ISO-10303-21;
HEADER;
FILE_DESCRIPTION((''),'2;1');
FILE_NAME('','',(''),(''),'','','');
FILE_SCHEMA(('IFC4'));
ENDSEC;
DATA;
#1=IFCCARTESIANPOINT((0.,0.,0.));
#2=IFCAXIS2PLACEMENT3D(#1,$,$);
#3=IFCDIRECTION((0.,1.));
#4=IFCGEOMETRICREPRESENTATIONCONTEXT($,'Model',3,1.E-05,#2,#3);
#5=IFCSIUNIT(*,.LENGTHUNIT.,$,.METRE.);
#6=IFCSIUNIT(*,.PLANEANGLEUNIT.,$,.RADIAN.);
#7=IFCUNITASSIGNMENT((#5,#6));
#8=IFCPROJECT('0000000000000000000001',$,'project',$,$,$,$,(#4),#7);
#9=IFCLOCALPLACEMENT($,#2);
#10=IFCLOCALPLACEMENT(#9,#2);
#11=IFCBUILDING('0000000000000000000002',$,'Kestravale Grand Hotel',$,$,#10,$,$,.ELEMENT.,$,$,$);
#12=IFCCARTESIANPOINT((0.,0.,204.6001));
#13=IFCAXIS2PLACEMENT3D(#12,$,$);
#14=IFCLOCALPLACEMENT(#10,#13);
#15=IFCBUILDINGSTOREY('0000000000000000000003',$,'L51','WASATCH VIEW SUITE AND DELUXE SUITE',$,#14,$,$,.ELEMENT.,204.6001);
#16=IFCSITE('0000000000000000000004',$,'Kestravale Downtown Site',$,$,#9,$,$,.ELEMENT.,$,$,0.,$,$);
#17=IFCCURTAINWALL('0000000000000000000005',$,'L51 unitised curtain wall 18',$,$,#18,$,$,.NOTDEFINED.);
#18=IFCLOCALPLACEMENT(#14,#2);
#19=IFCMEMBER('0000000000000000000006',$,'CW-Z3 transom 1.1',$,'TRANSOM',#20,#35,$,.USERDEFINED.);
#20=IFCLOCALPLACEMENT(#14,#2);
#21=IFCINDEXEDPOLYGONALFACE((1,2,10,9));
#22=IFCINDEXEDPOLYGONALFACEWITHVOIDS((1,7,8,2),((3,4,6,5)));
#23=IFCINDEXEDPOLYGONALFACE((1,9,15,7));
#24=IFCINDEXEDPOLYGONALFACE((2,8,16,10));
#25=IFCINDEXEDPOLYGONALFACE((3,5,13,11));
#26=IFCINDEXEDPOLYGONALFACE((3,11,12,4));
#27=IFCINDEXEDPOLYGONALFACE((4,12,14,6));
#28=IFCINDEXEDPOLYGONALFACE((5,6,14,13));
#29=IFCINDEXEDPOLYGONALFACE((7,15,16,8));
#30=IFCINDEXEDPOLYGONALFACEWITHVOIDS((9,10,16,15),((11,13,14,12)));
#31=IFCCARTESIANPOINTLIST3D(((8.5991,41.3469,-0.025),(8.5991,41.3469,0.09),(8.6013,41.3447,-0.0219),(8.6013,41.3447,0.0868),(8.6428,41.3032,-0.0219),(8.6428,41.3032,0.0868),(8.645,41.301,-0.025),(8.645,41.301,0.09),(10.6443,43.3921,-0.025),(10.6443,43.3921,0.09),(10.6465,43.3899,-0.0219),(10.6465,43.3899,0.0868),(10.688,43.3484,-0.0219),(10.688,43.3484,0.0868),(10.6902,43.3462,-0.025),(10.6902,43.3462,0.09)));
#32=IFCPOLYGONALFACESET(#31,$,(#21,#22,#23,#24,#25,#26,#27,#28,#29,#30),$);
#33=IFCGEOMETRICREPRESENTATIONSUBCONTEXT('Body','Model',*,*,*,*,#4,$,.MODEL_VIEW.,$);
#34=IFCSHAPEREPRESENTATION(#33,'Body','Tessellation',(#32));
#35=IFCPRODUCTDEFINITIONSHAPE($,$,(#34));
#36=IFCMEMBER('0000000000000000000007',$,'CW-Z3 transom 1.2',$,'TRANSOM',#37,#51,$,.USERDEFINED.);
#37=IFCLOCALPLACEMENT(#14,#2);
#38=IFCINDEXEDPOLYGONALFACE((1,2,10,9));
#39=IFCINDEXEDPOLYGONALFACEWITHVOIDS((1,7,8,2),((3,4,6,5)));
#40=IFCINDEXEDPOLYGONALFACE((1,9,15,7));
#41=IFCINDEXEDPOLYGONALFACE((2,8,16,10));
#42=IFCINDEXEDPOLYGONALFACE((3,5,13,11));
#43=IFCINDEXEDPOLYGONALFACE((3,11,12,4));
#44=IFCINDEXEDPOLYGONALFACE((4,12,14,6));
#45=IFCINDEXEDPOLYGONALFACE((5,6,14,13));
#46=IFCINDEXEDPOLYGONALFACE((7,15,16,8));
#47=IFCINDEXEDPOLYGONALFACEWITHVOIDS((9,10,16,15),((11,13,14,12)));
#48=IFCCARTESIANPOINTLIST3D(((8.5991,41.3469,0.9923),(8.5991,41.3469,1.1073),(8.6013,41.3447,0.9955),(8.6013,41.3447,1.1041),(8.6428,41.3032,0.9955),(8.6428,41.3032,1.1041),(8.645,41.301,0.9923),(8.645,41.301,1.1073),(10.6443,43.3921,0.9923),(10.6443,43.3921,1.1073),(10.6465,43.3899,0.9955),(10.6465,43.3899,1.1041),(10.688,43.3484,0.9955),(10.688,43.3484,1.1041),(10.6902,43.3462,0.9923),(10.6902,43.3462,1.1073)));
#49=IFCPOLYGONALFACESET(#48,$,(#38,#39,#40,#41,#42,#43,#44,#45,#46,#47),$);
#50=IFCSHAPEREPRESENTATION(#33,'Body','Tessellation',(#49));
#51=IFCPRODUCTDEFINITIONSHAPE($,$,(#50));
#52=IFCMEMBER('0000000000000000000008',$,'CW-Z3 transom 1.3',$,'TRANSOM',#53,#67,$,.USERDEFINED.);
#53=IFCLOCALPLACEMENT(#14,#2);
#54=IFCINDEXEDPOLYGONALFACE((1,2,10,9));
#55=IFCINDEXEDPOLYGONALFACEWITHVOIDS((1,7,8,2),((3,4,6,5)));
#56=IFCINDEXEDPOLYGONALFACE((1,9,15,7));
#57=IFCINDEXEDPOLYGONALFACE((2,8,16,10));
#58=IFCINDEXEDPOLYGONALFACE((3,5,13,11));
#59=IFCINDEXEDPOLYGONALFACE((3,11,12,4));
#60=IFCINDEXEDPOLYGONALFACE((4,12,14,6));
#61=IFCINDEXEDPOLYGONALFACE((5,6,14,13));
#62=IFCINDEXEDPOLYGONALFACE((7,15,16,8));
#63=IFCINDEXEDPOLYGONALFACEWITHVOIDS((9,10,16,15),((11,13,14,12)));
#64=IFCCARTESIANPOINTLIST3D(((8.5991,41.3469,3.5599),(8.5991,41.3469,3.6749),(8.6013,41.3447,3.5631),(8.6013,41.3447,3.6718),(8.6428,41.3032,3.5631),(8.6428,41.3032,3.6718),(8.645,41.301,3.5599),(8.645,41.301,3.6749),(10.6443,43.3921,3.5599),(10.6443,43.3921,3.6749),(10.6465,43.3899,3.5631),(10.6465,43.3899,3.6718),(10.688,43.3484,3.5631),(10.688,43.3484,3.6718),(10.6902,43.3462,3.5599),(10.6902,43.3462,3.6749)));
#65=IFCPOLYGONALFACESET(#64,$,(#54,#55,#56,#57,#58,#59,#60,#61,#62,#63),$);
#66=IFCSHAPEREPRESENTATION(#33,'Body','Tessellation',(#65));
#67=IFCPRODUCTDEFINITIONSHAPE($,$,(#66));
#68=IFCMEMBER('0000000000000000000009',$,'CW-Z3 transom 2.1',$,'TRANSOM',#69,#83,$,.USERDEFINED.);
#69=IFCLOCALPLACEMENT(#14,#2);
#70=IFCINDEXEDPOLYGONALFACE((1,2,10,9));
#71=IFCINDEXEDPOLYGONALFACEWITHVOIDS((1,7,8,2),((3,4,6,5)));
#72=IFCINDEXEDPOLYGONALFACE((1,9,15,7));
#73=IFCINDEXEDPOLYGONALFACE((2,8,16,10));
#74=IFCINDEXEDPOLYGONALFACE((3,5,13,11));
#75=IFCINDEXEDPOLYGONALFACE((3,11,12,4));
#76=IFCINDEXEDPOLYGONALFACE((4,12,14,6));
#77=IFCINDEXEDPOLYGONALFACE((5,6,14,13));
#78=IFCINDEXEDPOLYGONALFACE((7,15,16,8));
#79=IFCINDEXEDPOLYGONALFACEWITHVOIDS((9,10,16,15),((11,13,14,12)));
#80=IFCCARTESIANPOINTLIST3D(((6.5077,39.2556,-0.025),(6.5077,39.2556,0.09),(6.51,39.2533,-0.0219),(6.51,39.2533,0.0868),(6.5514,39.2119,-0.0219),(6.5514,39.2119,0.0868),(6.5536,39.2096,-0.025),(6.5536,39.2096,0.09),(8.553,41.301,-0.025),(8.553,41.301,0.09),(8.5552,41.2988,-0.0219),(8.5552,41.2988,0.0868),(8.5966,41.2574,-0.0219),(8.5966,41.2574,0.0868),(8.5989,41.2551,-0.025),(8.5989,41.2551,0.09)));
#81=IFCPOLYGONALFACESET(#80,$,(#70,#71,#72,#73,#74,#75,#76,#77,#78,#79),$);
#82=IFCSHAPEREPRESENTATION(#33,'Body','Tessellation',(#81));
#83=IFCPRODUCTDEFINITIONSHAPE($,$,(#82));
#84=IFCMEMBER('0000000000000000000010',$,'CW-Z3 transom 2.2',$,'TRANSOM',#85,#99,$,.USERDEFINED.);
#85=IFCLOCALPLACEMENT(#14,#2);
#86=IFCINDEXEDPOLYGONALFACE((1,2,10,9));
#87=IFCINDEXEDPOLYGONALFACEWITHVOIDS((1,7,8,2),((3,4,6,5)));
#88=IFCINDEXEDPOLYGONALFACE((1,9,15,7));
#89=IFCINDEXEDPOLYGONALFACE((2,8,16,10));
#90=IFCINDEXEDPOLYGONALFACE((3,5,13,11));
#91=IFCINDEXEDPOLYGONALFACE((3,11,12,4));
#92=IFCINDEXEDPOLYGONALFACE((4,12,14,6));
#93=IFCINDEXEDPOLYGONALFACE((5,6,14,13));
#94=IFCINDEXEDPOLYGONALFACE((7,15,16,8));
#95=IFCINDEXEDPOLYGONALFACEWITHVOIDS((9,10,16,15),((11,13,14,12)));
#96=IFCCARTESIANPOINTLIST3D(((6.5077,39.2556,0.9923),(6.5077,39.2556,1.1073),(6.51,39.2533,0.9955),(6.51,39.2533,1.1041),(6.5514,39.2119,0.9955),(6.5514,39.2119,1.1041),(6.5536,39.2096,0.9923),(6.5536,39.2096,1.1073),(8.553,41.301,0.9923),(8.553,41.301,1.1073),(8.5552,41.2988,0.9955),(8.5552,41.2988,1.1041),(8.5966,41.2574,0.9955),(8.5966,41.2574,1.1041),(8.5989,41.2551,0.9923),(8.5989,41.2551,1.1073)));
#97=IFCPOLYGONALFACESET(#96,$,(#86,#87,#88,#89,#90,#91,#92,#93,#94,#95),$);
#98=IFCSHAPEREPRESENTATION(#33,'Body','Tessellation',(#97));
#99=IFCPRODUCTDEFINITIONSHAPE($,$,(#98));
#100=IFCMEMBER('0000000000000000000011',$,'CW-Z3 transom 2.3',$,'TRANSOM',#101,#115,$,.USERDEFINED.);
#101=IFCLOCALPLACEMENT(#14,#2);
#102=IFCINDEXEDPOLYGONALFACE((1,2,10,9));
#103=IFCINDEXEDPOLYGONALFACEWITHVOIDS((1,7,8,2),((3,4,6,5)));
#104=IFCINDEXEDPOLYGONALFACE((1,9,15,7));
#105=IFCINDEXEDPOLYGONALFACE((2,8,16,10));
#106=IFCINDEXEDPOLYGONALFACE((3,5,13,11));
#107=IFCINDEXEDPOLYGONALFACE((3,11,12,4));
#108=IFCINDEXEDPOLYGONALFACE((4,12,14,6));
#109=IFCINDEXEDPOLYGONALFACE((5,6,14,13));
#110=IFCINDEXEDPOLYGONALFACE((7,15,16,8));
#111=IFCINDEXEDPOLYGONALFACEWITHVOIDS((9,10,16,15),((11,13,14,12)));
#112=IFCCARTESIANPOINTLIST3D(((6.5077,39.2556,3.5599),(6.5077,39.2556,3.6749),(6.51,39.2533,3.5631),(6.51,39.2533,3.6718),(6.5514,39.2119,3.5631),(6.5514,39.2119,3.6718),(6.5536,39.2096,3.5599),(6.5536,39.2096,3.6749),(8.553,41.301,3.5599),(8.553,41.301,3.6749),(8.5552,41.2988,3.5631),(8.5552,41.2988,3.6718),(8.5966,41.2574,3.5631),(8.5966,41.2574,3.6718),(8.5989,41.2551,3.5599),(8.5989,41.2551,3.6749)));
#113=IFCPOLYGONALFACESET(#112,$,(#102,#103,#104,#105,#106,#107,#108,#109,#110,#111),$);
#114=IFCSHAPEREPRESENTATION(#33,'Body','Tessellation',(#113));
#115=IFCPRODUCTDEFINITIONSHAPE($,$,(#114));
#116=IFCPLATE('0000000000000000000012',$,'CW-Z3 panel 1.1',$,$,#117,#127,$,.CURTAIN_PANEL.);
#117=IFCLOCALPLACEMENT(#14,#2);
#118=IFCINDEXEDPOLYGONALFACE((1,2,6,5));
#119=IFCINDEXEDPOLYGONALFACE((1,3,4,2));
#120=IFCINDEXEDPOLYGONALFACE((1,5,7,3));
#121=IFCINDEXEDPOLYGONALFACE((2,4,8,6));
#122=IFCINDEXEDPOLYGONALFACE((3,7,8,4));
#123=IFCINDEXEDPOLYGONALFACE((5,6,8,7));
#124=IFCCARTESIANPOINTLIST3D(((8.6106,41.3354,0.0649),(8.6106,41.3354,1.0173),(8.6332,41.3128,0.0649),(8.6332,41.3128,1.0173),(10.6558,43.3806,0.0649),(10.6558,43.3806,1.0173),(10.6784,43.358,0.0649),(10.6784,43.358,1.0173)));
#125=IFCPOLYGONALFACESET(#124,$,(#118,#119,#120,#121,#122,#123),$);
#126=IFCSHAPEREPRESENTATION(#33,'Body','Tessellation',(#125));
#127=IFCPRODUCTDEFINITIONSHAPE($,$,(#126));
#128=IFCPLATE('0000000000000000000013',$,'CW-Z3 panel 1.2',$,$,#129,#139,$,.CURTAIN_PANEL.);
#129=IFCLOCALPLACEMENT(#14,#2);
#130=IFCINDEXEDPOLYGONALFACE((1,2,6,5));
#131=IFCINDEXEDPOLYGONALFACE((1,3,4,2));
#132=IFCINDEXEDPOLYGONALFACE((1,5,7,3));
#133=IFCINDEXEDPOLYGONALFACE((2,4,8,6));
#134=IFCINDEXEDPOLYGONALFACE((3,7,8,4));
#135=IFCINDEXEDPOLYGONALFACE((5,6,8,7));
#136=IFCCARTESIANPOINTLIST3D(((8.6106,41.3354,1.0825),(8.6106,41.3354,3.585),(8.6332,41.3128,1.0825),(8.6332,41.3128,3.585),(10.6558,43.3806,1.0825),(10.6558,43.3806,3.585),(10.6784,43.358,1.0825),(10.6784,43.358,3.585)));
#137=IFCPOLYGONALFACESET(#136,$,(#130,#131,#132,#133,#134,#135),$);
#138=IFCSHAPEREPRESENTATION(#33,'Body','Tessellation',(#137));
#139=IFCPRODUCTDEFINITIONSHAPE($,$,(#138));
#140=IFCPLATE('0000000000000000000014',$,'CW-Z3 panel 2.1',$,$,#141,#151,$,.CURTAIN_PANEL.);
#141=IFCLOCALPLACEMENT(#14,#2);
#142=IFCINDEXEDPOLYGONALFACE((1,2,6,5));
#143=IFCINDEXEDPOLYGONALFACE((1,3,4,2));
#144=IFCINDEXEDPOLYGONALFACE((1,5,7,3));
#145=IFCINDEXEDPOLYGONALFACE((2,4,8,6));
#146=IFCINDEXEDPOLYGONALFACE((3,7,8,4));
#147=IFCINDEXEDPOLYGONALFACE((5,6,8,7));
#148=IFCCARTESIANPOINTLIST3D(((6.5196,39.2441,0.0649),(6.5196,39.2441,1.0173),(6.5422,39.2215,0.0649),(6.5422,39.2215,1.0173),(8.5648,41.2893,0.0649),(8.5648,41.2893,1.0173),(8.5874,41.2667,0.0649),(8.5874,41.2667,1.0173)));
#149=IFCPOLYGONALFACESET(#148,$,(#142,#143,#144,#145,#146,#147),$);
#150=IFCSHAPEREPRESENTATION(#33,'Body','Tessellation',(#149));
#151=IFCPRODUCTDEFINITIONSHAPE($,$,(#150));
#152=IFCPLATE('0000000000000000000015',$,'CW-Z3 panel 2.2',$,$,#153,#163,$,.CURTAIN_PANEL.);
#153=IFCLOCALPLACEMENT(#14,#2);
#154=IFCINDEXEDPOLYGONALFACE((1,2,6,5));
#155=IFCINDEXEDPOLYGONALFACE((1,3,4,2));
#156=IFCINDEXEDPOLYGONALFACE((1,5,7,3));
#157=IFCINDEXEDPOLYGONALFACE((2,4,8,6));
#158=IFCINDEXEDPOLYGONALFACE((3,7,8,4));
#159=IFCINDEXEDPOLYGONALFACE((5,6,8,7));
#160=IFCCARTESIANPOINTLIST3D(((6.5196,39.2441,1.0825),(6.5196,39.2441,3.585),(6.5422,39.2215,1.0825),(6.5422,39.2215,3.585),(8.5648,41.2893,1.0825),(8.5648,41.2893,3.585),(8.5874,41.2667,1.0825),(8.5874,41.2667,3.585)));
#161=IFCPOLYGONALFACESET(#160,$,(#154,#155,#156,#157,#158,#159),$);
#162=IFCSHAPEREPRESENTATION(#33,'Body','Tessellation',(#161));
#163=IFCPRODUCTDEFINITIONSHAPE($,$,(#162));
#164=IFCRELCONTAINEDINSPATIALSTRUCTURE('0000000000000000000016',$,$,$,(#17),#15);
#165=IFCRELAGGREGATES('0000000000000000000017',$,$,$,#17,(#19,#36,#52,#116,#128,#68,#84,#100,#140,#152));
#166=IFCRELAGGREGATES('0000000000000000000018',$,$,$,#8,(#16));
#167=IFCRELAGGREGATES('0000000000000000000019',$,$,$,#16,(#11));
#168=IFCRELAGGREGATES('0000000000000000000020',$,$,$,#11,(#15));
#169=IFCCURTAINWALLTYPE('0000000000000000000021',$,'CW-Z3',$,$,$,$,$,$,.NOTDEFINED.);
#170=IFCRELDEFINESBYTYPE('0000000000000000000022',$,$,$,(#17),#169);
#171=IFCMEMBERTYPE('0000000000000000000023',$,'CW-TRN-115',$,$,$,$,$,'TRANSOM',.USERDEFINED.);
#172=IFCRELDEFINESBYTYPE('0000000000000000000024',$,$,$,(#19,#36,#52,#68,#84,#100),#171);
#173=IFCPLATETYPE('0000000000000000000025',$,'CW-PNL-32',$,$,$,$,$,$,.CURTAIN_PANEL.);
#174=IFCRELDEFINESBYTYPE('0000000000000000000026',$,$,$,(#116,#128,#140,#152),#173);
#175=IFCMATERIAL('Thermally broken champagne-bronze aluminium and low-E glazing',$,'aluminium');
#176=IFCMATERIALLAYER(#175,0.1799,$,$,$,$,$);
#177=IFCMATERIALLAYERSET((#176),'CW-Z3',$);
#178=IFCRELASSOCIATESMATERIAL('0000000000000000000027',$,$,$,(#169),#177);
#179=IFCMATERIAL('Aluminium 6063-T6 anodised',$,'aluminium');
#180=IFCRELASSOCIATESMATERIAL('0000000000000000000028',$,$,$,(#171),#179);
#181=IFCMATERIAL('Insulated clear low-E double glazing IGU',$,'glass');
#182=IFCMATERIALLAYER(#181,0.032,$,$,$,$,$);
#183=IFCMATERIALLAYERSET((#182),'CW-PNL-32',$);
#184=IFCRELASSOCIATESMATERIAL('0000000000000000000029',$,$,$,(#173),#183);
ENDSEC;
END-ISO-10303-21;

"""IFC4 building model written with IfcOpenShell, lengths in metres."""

from ifc_helpers import new_model, si_unit, direction, frame, origin, origin_2d, place, context, subcontext, project, spatial, rectangle, hollow_rectangle, extrude, material, layer, layer_set, material_profile, profile_set, type_object, element, aggregate, save


model = new_model("IFC4")

# Units and contexts
model_context = context("Model", 3, precision=1e-05, world=origin(), true_north=direction((0.0, 1.0)))
body_context = subcontext(model_context, "Body", "Model", "MODEL_VIEW")
ifc_project = project(units=[si_unit("LENGTHUNIT", "METRE"), si_unit("PLANEANGLEUNIT", "RADIAN")], contexts=[model_context])

# Site, building, storey
site_placement = place(None, origin())
site = spatial("IfcSite", under=ifc_project, at=site_placement, Name="Kestravale Downtown Site", CompositionType="ELEMENT", RefElevation=0.0)
building_placement = place(site_placement, origin())
building = spatial("IfcBuilding", under=site, at=building_placement, Name="Kestravale Grand Hotel", CompositionType="ELEMENT")
storey_placement = place(building_placement, frame((0.0, 0.0, 204.6001)))
storey = spatial("IfcBuildingStorey", under=building, at=storey_placement, Name="L51", Description="WASATCH VIEW SUITE AND DELUXE SUITE", CompositionType="ELEMENT", Elevation=204.6001)

# Curtain wall, members, plates
ifc_material_1 = material(Name="Thermally broken champagne-bronze aluminium and low-E glazing", Category="aluminium")
ifc_layer_1 = layer(ifc_material_1, 0.1799)
ifc_layer_set_1 = layer_set([ifc_layer_1], Name="CW-Z3")
curtain_wall_type = type_object("IfcCurtainWallType", Name="CW-Z3", PredefinedType="NOTDEFINED", material=ifc_layer_set_1)
curtain_wall_placement = place(storey_placement, origin())
curtain_wall = element("IfcCurtainWall", 1, at=curtain_wall_placement, inside=storey, type_object=curtain_wall_type, Name="L51 unitised curtain wall 18", PredefinedType="NOTDEFINED")
ifc_material_2 = material(Name="Aluminium 6063-T6 anodised", Category="aluminium")
ifc_material_profile_1 = material_profile(ifc_material_2, hollow_rectangle(XDim=0.0649, YDim=0.115, WallThickness=0.0032, at=origin_2d()))
ifc_profile_set_1 = profile_set([ifc_material_profile_1], Name="Aluminium 6063-T6 anodised")
member_type_1 = type_object("IfcMemberType", Name="CW-TRN-115", ElementType="TRANSOM", PredefinedType="USERDEFINED", material=ifc_profile_set_1)
member_1_placement = place(storey_placement, frame((10.6672, 43.3691, 0.0325), z_axis=(-0.707107, -0.707107, 0.0), x_axis=(0.707107, -0.707107, 0.0)))
member_1 = element("IfcMember", 2, at=member_1_placement, type_object=member_type_1, Name="CW-Z3 transom 1.1", ObjectType="TRANSOM", PredefinedType="USERDEFINED", context=body_context, shape_type="SweptSolid", body=[
    extrude(hollow_rectangle(XDim=0.0649, YDim=0.115, WallThickness=0.0032, at=origin_2d()), origin(), (0.0, 0.0, 1.0), 2.8923),
])
member_2_placement = place(storey_placement, frame((10.6672, 43.3691, 1.0498), z_axis=(-0.707107, -0.707107, 0.0), x_axis=(0.707107, -0.707107, 0.0)))
member_2 = element("IfcMember", 3, at=member_2_placement, type_object=member_type_1, Name="CW-Z3 transom 1.2", ObjectType="TRANSOM", PredefinedType="USERDEFINED", context=body_context, shape_type="SweptSolid", body=[
    extrude(hollow_rectangle(XDim=0.0649, YDim=0.115, WallThickness=0.0032, at=origin_2d()), origin(), (0.0, 0.0, 1.0), 2.8923),
])
member_3_placement = place(storey_placement, frame((10.6672, 43.3691, 3.6174), z_axis=(-0.707107, -0.707107, 0.0), x_axis=(0.707107, -0.707107, 0.0)))
member_3 = element("IfcMember", 4, at=member_3_placement, type_object=member_type_1, Name="CW-Z3 transom 1.3", ObjectType="TRANSOM", PredefinedType="USERDEFINED", context=body_context, shape_type="SweptSolid", body=[
    extrude(hollow_rectangle(XDim=0.0649, YDim=0.115, WallThickness=0.0032, at=origin_2d()), origin(), (0.0, 0.0, 1.0), 2.8923),
])
member_4_placement = place(storey_placement, frame((8.5759, 41.2781, 0.0325), z_axis=(-0.707065, -0.707149, 0.0), x_axis=(0.707149, -0.707065, 0.0)))
member_4 = element("IfcMember", 5, at=member_4_placement, type_object=member_type_1, Name="CW-Z3 transom 2.1", ObjectType="TRANSOM", PredefinedType="USERDEFINED", context=body_context, shape_type="SweptSolid", body=[
    extrude(hollow_rectangle(XDim=0.0649, YDim=0.115, WallThickness=0.0032, at=origin_2d()), origin(), (0.0, 0.0, 1.0), 2.8926),
])
member_5_placement = place(storey_placement, frame((8.5759, 41.2781, 1.0498), z_axis=(-0.707065, -0.707149, 0.0), x_axis=(0.707149, -0.707065, 0.0)))
member_5 = element("IfcMember", 6, at=member_5_placement, type_object=member_type_1, Name="CW-Z3 transom 2.2", ObjectType="TRANSOM", PredefinedType="USERDEFINED", context=body_context, shape_type="SweptSolid", body=[
    extrude(hollow_rectangle(XDim=0.0649, YDim=0.115, WallThickness=0.0032, at=origin_2d()), origin(), (0.0, 0.0, 1.0), 2.8926),
])
member_6_placement = place(storey_placement, frame((8.5759, 41.2781, 3.6174), z_axis=(-0.707065, -0.707149, 0.0), x_axis=(0.707149, -0.707065, 0.0)))
member_6 = element("IfcMember", 7, at=member_6_placement, type_object=member_type_1, Name="CW-Z3 transom 2.3", ObjectType="TRANSOM", PredefinedType="USERDEFINED", context=body_context, shape_type="SweptSolid", body=[
    extrude(hollow_rectangle(XDim=0.0649, YDim=0.115, WallThickness=0.0032, at=origin_2d()), origin(), (0.0, 0.0, 1.0), 2.8926),
])
ifc_material_3 = material(Name="Insulated clear low-E double glazing IGU", Category="glass")
ifc_layer_2 = layer(ifc_material_3, 0.032)
ifc_layer_set_2 = layer_set([ifc_layer_2], Name="CW-PNL-32")
plate_type = type_object("IfcPlateType", Name="CW-PNL-32", PredefinedType="CURTAIN_PANEL", material=ifc_layer_set_2)
plate_1_placement = place(storey_placement, frame((9.6445, 42.3467, 0.0649), z_axis=(0.0, 0.0, 1.0), x_axis=(-0.707107, -0.707107, 0.0)))
plate_1 = element("IfcPlate", 8, at=plate_1_placement, type_object=plate_type, Name="CW-Z3 panel 1.1", PredefinedType="CURTAIN_PANEL", context=body_context, shape_type="SweptSolid", body=[
    extrude(rectangle(XDim=2.8923, YDim=0.032, at=origin_2d()), origin(), (0.0, 0.0, 1.0), 0.9524),
])
plate_2_placement = place(storey_placement, frame((9.6445, 42.3467, 1.0825), z_axis=(0.0, 0.0, 1.0), x_axis=(-0.707107, -0.707107, 0.0)))
plate_2 = element("IfcPlate", 9, at=plate_2_placement, type_object=plate_type, Name="CW-Z3 panel 1.2", PredefinedType="CURTAIN_PANEL", context=body_context, shape_type="SweptSolid", body=[
    extrude(rectangle(XDim=2.8923, YDim=0.032, at=origin_2d()), origin(), (0.0, 0.0, 1.0), 2.5024),
])
plate_3_placement = place(storey_placement, frame((7.5535, 40.2554, 0.0649), z_axis=(0.0, 0.0, 1.0), x_axis=(-0.707107, -0.707107, 0.0)))
plate_3 = element("IfcPlate", 10, at=plate_3_placement, type_object=plate_type, Name="CW-Z3 panel 2.1", PredefinedType="CURTAIN_PANEL", context=body_context, shape_type="SweptSolid", body=[
    extrude(rectangle(XDim=2.8923, YDim=0.032, at=origin_2d()), origin(), (0.0, 0.0, 1.0), 0.9524),
])
plate_4_placement = place(storey_placement, frame((7.5535, 40.2554, 1.0825), z_axis=(0.0, 0.0, 1.0), x_axis=(-0.707107, -0.707107, 0.0)))
plate_4 = element("IfcPlate", 11, at=plate_4_placement, type_object=plate_type, Name="CW-Z3 panel 2.2", PredefinedType="CURTAIN_PANEL", context=body_context, shape_type="SweptSolid", body=[
    extrude(rectangle(XDim=2.8923, YDim=0.032, at=origin_2d()), origin(), (0.0, 0.0, 1.0), 2.5024),
])
aggregate(curtain_wall, [member_1, member_2, member_3, plate_1, plate_2, member_4, member_5, member_6, plate_3, plate_4])

save(model, "model.ifc")
